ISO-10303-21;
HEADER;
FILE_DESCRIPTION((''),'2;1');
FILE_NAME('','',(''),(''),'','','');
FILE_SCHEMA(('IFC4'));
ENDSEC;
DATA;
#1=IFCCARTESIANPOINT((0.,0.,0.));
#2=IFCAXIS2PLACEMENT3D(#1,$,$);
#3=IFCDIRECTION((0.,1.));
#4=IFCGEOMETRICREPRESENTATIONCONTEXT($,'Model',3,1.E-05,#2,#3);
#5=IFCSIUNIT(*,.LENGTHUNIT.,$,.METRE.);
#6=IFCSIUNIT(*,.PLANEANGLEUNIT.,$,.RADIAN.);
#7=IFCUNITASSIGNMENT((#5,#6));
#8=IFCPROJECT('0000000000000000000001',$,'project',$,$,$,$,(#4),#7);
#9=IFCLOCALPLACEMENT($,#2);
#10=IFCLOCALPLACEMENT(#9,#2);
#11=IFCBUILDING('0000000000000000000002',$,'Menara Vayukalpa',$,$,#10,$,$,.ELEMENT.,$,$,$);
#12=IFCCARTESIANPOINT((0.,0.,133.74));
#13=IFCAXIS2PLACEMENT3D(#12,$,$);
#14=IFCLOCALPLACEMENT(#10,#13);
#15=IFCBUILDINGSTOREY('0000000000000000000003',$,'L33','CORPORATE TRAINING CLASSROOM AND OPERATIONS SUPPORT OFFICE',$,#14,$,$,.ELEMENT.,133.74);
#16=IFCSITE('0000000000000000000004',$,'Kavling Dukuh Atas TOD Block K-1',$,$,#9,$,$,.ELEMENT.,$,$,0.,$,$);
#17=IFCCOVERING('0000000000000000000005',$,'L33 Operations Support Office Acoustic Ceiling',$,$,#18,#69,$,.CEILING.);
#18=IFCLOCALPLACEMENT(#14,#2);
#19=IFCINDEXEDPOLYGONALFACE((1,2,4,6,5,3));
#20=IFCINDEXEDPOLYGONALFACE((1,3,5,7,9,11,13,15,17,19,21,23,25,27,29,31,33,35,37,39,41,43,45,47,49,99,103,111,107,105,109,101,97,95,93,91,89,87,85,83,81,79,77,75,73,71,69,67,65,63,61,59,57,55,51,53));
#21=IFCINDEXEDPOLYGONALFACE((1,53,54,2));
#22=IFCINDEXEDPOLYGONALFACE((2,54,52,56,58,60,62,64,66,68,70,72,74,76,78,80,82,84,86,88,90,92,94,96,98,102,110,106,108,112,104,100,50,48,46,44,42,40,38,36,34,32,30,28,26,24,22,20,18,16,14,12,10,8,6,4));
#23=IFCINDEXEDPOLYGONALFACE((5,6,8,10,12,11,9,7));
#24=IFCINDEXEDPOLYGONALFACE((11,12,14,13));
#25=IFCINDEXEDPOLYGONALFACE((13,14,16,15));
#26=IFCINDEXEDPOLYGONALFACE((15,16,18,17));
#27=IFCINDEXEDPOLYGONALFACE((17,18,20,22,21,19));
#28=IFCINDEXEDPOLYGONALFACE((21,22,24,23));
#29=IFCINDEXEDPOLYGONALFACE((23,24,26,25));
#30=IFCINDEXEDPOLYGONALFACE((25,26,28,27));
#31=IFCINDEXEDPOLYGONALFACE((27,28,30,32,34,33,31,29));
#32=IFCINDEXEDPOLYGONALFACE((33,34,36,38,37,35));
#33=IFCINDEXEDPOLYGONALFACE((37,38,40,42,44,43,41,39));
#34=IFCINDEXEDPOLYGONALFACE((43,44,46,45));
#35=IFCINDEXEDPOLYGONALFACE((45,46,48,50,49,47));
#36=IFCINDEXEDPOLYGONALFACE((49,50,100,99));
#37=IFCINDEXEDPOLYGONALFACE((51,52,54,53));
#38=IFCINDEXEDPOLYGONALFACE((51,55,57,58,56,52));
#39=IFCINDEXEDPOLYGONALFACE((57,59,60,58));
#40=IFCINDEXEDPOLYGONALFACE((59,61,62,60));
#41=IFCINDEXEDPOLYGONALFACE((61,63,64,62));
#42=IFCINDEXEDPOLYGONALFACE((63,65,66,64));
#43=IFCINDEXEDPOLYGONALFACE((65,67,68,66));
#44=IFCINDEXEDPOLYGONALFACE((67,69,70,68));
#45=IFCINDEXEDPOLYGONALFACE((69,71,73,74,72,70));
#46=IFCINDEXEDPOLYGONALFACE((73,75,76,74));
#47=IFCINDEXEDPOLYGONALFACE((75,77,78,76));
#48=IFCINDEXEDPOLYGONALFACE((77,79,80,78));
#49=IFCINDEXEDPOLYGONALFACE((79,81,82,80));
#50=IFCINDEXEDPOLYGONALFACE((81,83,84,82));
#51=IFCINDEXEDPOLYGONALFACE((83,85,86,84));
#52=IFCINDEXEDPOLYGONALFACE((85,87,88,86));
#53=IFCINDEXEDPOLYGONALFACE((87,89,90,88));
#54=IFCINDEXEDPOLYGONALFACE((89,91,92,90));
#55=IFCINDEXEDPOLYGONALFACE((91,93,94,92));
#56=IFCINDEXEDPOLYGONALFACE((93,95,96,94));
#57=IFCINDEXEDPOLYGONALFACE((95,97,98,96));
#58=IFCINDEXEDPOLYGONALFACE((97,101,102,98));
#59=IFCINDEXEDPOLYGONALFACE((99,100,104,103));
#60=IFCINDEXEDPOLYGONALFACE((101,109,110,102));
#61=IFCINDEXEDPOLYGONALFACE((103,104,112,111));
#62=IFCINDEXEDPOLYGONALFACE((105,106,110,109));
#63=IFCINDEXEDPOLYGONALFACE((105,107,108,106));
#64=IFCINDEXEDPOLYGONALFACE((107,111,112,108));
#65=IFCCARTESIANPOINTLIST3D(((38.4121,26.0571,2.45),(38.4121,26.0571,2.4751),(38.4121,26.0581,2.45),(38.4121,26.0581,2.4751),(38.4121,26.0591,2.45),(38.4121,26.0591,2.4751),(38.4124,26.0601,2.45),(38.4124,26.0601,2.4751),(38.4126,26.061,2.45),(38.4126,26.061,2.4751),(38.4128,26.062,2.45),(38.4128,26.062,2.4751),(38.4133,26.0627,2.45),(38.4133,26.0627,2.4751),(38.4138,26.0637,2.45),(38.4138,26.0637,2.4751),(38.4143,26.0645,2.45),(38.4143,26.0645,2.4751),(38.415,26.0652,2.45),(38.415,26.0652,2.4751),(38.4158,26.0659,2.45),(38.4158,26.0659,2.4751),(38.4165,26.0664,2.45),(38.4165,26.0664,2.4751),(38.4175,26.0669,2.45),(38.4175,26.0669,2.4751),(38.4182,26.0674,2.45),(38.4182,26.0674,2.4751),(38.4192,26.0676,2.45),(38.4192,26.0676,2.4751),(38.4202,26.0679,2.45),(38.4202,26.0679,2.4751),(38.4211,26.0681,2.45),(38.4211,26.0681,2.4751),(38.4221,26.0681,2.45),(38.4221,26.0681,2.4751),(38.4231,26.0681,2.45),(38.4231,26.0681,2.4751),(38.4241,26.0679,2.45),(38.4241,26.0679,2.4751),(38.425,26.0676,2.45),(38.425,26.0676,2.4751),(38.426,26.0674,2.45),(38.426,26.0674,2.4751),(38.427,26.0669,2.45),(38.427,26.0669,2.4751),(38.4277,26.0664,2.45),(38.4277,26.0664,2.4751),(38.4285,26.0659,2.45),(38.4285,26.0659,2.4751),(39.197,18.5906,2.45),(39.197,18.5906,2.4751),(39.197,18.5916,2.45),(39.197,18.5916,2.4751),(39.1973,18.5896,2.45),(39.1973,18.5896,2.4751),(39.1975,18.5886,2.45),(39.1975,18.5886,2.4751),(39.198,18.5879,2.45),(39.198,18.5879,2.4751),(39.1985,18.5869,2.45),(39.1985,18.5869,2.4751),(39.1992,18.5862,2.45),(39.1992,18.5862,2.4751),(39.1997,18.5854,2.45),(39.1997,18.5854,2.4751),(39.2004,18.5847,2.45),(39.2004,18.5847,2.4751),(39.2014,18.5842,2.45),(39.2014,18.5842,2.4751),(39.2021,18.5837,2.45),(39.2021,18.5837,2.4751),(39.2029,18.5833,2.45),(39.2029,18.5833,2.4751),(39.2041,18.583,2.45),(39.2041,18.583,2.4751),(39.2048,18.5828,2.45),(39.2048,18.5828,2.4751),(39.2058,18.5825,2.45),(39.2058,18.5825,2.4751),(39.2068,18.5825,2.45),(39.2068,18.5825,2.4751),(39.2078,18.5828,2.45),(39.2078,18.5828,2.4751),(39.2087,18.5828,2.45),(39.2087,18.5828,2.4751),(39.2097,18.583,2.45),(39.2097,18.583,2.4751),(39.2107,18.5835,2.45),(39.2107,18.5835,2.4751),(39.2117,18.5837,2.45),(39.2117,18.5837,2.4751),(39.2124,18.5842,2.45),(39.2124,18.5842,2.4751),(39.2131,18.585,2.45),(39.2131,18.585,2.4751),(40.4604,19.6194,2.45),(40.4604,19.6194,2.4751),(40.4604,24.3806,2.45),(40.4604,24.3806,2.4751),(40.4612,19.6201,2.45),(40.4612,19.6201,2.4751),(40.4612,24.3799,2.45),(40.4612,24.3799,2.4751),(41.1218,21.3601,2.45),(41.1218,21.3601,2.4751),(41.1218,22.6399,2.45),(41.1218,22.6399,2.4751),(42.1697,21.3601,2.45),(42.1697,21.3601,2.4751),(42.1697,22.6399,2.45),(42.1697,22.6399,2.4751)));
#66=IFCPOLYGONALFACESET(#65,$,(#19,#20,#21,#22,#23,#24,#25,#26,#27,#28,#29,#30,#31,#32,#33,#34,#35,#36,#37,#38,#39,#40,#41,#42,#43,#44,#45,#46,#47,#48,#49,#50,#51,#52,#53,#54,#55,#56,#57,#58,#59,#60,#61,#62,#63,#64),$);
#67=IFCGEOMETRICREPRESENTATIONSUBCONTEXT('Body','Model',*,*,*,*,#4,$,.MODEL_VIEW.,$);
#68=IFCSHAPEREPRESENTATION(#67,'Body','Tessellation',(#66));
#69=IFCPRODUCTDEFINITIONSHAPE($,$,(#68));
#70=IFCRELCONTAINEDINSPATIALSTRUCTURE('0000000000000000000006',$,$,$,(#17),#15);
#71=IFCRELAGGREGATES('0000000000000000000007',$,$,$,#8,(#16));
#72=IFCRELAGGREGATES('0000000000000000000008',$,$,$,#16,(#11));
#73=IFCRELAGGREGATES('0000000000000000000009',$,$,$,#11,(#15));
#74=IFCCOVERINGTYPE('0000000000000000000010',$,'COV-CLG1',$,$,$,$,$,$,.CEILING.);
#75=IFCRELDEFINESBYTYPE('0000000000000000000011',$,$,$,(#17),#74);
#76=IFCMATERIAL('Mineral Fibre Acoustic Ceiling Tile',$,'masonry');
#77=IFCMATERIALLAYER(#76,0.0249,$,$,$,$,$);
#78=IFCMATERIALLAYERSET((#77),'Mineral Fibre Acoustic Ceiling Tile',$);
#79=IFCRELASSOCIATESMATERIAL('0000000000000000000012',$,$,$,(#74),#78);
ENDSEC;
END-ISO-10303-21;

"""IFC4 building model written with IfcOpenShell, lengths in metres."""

from ifc_helpers import new_model, si_unit, direction, frame, origin, place, context, subcontext, project, spatial, polyline, outline, extrude, material, layer, layer_set, type_object, element, save


model = new_model("IFC4")

# Units and contexts
model_context = context("Model", 3, precision=1e-05, world=origin(), true_north=direction((0.0, 1.0)))
body_context = subcontext(model_context, "Body", "Model", "MODEL_VIEW")
ifc_project = project(units=[si_unit("LENGTHUNIT", "METRE"), si_unit("PLANEANGLEUNIT", "RADIAN")], contexts=[model_context])

# Site, building, storey
site_placement = place(None, origin())
site = spatial("IfcSite", under=ifc_project, at=site_placement, Name="Kavling Dukuh Atas TOD Block K-1", CompositionType="ELEMENT", RefElevation=0.0)
building_placement = place(site_placement, origin())
building = spatial("IfcBuilding", under=site, at=building_placement, Name="Menara Vayukalpa", CompositionType="ELEMENT")
storey_placement = place(building_placement, frame((0.0, 0.0, 133.74)))
storey = spatial("IfcBuildingStorey", under=building, at=storey_placement, Name="L33", Description="CORPORATE TRAINING CLASSROOM AND OPERATIONS SUPPORT OFFICE", CompositionType="ELEMENT", Elevation=133.74)

# Covering
ifc_material_1 = material(Name="Mineral Fibre Acoustic Ceiling Tile", Category="masonry")
ifc_layer_1 = layer(ifc_material_1, 0.0249)
ifc_layer_set_1 = layer_set([ifc_layer_1], Name="Mineral Fibre Acoustic Ceiling Tile")
covering_type_1 = type_object("IfcCoveringType", Name="COV-CLG1", PredefinedType="CEILING", material=ifc_layer_set_1)
covering_1_placement = place(storey_placement, frame((0.0, 0.0, 2.45)))
element("IfcCovering", 1, at=covering_1_placement, inside=storey, type_object=covering_type_1, Name="L33 Operations Support Office Acoustic Ceiling", PredefinedType="CEILING", context=body_context, shape_type="SweptSolid", body=[
    extrude(outline(polyline([(42.1697, 22.6399), (41.1218, 22.6399), (41.1218, 21.3601), (42.1697, 21.3601), (40.4612, 19.6201), (40.4604, 19.6194), (39.2131, 18.585), (39.2124, 18.5842), (39.2117, 18.5837), (39.2107, 18.5835), (39.2097, 18.583), (39.2087, 18.5828), (39.2078, 18.5828), (39.2068, 18.5825), (39.2058, 18.5825), (39.2048, 18.5828), (39.2041, 18.583), (39.2029, 18.5833), (39.2021, 18.5837), (39.2014, 18.5842), (39.2004, 18.5847), (39.1997, 18.5854), (39.1992, 18.5862), (39.1985, 18.5869), (39.198, 18.5879), (39.1975, 18.5886), (39.1973, 18.5896), (39.197, 18.5906), (39.197, 18.5916), (38.4121, 26.0571), (38.4121, 26.0581), (38.4121, 26.0591), (38.4124, 26.0601), (38.4126, 26.061), (38.4128, 26.062), (38.4133, 26.0627), (38.4138, 26.0637), (38.4143, 26.0645), (38.415, 26.0652), (38.4158, 26.0659), (38.4165, 26.0664), (38.4175, 26.0669), (38.4182, 26.0674), (38.4192, 26.0676), (38.4202, 26.0679), (38.4211, 26.0681), (38.4221, 26.0681), (38.4231, 26.0681), (38.4241, 26.0679), (38.425, 26.0676), (38.426, 26.0674), (38.427, 26.0669), (38.4277, 26.0664), (38.4285, 26.0659), (40.4604, 24.3806), (40.4612, 24.3799), (42.1697, 22.6399)])), origin(), (0.0, 0.0, 1.0), 0.0251),
])

save(model, "model.ifc")
